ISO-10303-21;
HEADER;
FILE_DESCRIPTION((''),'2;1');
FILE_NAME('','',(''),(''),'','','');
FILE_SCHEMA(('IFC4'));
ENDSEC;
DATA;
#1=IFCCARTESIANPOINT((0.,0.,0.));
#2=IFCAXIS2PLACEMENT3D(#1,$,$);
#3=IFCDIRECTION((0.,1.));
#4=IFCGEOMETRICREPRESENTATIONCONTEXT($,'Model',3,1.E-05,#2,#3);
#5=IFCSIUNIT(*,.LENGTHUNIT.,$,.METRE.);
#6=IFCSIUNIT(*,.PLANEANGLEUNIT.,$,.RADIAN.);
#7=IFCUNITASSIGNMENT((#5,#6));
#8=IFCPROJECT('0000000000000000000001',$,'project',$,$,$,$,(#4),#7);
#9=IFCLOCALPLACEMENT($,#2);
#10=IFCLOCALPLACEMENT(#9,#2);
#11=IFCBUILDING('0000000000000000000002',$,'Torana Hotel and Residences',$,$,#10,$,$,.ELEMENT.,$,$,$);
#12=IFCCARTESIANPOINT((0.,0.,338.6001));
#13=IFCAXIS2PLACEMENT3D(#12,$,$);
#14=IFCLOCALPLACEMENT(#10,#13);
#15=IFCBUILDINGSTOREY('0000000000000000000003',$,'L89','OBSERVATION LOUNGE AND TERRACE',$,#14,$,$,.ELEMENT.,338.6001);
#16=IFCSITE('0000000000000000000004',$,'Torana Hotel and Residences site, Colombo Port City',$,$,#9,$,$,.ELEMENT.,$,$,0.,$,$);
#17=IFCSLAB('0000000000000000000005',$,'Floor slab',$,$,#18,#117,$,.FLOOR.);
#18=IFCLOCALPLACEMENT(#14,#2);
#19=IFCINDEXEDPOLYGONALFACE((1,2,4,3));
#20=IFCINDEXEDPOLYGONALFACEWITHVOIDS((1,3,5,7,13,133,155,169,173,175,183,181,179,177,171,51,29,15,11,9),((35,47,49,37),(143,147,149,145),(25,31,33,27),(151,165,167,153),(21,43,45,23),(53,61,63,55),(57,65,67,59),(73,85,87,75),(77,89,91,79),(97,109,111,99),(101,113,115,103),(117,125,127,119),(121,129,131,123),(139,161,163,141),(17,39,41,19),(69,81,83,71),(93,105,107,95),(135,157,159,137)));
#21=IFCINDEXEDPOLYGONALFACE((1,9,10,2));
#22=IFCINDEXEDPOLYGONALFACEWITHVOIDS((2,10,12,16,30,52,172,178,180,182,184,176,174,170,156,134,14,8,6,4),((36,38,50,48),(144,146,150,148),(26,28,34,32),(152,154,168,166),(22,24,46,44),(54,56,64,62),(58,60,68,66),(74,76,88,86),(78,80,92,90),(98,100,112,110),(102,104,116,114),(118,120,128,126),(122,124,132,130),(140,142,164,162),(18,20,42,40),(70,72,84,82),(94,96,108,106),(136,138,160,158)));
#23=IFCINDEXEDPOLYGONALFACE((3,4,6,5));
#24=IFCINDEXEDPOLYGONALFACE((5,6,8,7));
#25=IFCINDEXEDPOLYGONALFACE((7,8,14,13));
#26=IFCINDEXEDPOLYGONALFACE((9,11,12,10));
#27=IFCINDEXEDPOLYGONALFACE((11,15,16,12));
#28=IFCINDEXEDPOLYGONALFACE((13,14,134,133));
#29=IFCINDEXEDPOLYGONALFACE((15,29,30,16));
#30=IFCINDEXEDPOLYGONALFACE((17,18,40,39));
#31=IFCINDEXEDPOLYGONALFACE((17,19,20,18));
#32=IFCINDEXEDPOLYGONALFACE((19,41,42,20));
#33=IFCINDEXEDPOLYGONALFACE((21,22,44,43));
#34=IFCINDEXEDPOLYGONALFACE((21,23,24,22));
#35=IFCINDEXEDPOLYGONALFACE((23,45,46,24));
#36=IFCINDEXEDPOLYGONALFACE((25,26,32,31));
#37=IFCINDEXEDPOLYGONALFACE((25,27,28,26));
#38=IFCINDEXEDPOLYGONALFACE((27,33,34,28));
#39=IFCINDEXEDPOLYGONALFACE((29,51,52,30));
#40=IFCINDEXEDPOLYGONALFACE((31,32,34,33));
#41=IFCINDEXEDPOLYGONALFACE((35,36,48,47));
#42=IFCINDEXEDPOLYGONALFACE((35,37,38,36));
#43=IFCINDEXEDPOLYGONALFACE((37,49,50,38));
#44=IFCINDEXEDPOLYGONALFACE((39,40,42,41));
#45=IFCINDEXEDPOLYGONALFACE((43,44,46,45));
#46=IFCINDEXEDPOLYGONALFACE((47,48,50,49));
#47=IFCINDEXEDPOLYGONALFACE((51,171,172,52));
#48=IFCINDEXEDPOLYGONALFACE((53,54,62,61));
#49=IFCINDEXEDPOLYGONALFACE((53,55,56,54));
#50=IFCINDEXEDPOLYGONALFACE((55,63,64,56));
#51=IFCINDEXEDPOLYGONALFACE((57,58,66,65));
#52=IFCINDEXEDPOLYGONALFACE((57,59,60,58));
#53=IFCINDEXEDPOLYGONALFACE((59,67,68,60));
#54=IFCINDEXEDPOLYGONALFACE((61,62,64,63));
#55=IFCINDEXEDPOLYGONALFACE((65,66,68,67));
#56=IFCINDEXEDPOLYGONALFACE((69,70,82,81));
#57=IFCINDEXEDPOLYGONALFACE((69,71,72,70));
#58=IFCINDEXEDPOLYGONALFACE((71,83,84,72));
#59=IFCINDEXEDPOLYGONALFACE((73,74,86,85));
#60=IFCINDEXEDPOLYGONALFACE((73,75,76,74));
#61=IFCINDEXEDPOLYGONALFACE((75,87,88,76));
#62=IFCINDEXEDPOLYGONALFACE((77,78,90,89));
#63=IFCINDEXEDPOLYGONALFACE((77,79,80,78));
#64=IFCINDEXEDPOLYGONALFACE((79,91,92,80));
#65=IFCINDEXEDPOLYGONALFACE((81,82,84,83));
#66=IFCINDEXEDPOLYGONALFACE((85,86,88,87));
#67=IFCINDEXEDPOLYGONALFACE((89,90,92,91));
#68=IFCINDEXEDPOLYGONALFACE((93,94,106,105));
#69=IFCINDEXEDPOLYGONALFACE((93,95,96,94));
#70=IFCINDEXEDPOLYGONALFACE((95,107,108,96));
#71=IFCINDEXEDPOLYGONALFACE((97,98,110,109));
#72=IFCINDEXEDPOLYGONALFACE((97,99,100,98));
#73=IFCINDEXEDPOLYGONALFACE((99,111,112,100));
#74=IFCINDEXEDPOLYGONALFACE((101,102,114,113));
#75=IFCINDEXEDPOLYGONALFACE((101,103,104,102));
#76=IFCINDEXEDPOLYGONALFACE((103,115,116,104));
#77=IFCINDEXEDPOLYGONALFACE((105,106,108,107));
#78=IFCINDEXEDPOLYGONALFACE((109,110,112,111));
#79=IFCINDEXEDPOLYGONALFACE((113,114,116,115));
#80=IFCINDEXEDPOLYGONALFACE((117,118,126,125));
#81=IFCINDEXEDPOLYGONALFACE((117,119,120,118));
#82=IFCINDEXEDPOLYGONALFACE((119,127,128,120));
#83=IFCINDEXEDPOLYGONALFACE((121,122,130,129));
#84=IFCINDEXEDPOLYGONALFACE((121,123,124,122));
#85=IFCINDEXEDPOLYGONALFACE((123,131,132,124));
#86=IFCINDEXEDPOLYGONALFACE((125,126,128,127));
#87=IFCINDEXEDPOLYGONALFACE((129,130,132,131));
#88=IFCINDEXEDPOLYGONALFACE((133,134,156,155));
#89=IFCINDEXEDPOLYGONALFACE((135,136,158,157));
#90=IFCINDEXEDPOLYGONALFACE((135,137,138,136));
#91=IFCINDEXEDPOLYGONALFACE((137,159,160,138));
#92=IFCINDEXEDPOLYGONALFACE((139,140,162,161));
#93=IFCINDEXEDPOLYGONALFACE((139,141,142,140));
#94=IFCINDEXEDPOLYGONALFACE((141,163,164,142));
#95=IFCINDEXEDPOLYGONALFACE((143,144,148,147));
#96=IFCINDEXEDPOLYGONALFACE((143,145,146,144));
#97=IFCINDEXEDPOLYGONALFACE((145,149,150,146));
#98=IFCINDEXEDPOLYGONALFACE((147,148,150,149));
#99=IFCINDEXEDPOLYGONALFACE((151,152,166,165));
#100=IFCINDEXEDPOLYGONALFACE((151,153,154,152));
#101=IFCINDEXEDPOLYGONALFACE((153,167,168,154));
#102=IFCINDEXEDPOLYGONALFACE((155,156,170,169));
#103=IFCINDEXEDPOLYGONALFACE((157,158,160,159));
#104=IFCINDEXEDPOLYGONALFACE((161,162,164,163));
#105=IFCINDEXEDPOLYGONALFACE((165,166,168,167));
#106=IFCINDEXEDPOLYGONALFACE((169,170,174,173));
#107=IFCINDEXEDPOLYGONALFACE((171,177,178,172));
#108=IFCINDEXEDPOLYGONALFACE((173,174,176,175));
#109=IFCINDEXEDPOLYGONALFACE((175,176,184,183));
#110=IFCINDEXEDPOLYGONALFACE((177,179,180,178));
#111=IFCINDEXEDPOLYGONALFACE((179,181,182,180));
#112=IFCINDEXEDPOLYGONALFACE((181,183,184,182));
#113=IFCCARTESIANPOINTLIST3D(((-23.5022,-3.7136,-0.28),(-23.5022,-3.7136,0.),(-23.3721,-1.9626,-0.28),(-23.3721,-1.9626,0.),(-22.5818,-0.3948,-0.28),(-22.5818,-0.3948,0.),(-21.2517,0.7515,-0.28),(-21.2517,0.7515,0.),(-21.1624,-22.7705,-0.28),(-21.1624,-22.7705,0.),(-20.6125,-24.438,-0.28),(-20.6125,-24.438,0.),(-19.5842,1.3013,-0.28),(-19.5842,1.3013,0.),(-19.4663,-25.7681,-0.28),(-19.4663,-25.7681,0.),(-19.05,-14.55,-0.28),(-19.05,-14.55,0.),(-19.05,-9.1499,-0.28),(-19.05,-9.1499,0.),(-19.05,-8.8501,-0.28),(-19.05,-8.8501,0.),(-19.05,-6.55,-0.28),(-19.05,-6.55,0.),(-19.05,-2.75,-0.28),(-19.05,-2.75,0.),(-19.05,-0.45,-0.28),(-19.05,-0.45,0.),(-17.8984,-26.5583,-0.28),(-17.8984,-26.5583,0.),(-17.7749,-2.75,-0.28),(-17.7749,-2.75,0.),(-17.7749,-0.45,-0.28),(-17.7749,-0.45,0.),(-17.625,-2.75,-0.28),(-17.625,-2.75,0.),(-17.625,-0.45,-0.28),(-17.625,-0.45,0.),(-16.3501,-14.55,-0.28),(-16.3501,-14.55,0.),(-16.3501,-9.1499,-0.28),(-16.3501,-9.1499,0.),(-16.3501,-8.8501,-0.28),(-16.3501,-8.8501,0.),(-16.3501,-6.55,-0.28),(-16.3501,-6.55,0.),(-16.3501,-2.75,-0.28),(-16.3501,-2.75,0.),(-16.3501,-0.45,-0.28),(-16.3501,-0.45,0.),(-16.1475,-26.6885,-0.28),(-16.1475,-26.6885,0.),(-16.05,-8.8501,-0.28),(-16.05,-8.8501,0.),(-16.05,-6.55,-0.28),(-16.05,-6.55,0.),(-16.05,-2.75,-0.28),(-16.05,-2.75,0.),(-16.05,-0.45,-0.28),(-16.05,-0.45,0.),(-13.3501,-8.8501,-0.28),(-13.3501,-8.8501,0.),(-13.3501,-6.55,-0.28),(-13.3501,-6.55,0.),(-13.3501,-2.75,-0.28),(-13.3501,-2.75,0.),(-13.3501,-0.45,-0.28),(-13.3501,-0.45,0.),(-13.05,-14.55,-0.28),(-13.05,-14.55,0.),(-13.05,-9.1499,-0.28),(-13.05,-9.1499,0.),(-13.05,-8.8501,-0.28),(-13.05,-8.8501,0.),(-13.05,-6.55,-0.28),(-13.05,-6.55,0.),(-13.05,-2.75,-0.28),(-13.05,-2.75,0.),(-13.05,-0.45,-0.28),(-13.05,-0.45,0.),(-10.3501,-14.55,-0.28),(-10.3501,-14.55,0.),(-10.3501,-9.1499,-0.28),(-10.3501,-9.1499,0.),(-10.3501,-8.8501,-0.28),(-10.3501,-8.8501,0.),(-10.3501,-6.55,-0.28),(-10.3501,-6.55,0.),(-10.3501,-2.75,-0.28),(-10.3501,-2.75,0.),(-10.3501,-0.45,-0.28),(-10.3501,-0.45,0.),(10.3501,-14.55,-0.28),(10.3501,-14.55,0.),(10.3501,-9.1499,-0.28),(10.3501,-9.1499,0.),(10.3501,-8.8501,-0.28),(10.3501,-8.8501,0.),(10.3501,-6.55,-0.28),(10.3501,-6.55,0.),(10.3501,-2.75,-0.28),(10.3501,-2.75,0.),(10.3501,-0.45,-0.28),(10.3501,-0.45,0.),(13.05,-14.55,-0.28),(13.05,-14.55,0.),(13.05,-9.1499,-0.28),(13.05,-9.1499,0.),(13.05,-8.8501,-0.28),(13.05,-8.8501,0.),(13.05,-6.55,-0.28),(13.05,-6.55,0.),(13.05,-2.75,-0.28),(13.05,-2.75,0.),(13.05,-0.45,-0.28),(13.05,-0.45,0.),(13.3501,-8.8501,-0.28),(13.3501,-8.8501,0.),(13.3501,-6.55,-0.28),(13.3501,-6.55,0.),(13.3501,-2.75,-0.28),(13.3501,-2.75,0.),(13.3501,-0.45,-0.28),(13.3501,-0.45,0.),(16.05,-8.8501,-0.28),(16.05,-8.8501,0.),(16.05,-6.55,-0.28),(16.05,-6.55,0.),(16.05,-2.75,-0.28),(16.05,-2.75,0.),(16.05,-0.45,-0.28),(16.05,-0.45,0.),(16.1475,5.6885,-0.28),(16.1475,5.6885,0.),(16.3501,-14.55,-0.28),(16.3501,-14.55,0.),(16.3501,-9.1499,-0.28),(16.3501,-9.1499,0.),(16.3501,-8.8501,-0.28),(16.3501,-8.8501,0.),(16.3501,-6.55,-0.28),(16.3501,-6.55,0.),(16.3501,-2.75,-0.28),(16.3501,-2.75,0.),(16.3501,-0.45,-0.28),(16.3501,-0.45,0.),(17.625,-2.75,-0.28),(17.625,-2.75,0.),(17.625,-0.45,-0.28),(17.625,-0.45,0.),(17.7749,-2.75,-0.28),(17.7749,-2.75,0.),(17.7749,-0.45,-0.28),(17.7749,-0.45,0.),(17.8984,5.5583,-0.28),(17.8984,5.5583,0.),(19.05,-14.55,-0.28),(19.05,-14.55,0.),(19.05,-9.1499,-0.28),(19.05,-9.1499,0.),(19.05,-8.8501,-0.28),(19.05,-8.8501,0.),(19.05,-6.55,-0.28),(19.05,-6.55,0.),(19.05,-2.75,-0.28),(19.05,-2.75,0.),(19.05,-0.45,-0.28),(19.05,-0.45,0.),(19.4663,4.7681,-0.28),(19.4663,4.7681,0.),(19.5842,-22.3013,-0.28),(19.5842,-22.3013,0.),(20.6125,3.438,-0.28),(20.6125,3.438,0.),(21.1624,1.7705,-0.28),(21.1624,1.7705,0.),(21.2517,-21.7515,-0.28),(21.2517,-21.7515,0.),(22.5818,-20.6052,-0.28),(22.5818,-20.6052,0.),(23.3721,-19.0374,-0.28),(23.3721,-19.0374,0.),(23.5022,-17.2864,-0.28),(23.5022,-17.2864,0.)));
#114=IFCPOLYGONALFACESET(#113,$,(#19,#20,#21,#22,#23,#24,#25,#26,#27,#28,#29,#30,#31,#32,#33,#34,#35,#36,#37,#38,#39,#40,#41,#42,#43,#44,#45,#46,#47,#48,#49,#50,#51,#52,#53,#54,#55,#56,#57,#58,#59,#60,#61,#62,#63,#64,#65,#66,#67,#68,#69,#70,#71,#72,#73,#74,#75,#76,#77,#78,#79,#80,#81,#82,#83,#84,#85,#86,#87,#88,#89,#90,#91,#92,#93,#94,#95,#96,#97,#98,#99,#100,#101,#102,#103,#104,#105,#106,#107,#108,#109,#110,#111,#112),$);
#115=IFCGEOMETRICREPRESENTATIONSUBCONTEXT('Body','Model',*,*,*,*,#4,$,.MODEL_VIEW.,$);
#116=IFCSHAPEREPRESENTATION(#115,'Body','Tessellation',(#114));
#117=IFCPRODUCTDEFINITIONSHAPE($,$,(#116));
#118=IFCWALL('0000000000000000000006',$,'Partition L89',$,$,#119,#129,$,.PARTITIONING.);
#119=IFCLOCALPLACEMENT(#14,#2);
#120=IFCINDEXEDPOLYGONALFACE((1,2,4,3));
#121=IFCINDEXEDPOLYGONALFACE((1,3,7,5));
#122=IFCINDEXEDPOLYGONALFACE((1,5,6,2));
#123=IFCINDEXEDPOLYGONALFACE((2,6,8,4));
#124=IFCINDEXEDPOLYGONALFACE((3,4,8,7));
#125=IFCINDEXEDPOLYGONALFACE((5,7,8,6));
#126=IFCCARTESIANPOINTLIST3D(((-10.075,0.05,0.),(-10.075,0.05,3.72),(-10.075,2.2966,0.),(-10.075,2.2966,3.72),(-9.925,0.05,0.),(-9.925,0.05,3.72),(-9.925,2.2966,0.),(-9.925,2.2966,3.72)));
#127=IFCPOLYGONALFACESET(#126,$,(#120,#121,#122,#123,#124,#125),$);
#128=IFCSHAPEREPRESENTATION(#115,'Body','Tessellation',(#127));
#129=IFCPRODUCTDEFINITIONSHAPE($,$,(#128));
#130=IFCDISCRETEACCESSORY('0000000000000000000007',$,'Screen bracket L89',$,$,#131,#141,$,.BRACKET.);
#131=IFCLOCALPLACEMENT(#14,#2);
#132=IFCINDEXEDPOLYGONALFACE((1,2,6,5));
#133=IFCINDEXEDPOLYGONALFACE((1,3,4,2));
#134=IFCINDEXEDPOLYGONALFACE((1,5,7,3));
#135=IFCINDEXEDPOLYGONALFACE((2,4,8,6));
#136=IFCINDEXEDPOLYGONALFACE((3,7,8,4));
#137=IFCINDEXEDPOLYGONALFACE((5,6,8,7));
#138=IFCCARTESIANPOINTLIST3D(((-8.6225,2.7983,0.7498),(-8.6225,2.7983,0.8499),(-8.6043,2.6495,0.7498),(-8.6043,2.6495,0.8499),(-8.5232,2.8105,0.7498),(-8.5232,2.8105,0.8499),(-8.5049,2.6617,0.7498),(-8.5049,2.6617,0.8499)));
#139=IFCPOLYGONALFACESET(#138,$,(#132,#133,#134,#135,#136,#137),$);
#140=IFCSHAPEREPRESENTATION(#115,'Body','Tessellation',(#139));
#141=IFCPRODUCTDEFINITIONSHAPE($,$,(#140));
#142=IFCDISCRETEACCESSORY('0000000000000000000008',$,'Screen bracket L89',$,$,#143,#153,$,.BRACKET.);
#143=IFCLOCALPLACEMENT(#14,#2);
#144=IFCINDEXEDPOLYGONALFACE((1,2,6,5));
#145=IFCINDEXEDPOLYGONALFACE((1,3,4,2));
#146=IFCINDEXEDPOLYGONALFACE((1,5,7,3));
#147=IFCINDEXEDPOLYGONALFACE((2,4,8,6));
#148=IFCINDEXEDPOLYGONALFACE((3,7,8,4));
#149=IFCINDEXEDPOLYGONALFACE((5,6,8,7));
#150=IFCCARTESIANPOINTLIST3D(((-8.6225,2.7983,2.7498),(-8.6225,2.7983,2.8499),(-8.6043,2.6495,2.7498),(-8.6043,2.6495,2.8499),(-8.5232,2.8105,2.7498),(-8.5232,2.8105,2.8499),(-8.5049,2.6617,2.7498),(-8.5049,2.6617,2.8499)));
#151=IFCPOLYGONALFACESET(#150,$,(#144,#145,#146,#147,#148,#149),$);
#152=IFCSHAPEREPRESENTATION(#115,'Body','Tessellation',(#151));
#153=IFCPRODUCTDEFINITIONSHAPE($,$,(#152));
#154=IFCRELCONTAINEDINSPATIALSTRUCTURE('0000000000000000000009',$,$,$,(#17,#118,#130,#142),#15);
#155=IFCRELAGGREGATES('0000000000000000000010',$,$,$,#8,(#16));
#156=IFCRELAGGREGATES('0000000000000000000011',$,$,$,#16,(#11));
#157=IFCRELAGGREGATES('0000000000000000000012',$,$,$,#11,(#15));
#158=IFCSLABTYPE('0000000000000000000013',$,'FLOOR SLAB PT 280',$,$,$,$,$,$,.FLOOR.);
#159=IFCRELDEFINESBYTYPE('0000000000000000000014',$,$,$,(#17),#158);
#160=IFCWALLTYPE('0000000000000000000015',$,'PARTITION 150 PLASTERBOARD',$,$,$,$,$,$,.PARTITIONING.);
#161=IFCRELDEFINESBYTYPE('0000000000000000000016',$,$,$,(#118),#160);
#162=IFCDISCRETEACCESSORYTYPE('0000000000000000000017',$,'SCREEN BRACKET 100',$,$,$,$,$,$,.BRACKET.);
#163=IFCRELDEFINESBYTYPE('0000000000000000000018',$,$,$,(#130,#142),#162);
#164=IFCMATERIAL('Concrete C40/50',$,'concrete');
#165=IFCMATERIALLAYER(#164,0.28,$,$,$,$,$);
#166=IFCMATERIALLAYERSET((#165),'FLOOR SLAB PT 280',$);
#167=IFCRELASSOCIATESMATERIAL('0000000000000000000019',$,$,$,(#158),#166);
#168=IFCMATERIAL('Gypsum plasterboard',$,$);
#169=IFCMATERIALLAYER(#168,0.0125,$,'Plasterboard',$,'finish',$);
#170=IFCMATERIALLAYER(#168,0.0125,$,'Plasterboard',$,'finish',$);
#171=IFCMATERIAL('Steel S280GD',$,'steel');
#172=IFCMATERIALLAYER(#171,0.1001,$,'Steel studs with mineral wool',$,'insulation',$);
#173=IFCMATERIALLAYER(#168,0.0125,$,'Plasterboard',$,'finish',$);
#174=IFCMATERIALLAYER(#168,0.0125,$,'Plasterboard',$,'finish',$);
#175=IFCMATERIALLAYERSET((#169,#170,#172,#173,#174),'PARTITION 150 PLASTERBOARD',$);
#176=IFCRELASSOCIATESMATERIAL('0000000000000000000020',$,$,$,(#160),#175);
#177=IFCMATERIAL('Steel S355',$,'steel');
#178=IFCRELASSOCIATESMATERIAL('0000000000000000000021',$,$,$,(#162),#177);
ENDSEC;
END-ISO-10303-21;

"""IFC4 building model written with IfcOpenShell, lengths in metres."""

from ifc_helpers import new_model, si_unit, direction, frame, frame_2d, origin, origin_2d, place, context, subcontext, project, spatial, polyline, rectangle, outline, extrude, material, layer, layer_set, type_object, element, save


model = new_model("IFC4")

# Units and contexts
model_context = context("Model", 3, precision=1e-05, world=origin(), true_north=direction((0.0, 1.0)))
body_context = subcontext(model_context, "Body", "Model", "MODEL_VIEW")
ifc_project = project(units=[si_unit("LENGTHUNIT", "METRE"), si_unit("PLANEANGLEUNIT", "RADIAN")], contexts=[model_context])

# Site, building, storey
site_placement = place(None, origin())
site = spatial("IfcSite", under=ifc_project, at=site_placement, Name="Torana Hotel and Residences site, Colombo Port City", CompositionType="ELEMENT", RefElevation=0.0)
building_placement = place(site_placement, origin())
building = spatial("IfcBuilding", under=site, at=building_placement, Name="Torana Hotel and Residences", CompositionType="ELEMENT")
storey_placement = place(building_placement, frame((0.0, 0.0, 338.6001)))
storey = spatial("IfcBuildingStorey", under=building, at=storey_placement, Name="L89", Description="OBSERVATION LOUNGE AND TERRACE", CompositionType="ELEMENT", Elevation=338.6001)

# Slab
ifc_material_1 = material(Name="Concrete C40/50", Category="concrete")
ifc_layer_1 = layer(ifc_material_1, 0.28)
ifc_layer_set_1 = layer_set([ifc_layer_1], Name="FLOOR SLAB PT 280")
slab_type_1 = type_object("IfcSlabType", Name="FLOOR SLAB PT 280", PredefinedType="FLOOR", material=ifc_layer_set_1)
slab_1_placement = place(storey_placement, frame((0.0, 0.0, -0.28)))
element("IfcSlab", 1, at=slab_1_placement, inside=storey, type_object=slab_type_1, Name="Floor slab", PredefinedType="FLOOR", context=body_context, shape_type="SweptSolid", body=[
    extrude(outline(polyline([(21.1624, 1.7705), (20.6125, 3.438), (19.4663, 4.7681), (17.8984, 5.5583), (16.1475, 5.6885), (-19.5842, 1.3013), (-21.2517, 0.7515), (-22.5818, -0.3948), (-23.3721, -1.9626), (-23.5022, -3.7136), (-21.1624, -22.7705), (-20.6125, -24.438), (-19.4663, -25.7681), (-17.8984, -26.5583), (-16.1475, -26.6885), (19.5842, -22.3013), (21.2517, -21.7515), (22.5818, -20.6052), (23.3721, -19.0374), (23.5022, -17.2864), (21.1624, 1.7705)]), holes=[polyline([(-13.05, -14.55), (-10.3501, -14.55), (-10.3501, -9.1499), (-13.05, -9.1499), (-13.05, -14.55)]), polyline([(-19.05, -14.55), (-16.3501, -14.55), (-16.3501, -9.1499), (-19.05, -9.1499), (-19.05, -14.55)]), polyline([(-17.625, -2.75), (-16.3501, -2.75), (-16.3501, -0.45), (-17.625, -0.45), (-17.625, -2.75)]), polyline([(-19.05, -2.75), (-17.7749, -2.75), (-17.7749, -0.45), (-19.05, -0.45), (-19.05, -2.75)]), polyline([(-13.05, -2.75), (-10.3501, -2.75), (-10.3501, -0.45), (-13.05, -0.45), (-13.05, -2.75)]), polyline([(-16.05, -2.75), (-13.3501, -2.75), (-13.3501, -0.45), (-16.05, -0.45), (-16.05, -2.75)]), polyline([(-13.05, -8.8501), (-10.3501, -8.8501), (-10.3501, -6.55), (-13.05, -6.55), (-13.05, -8.8501)]), polyline([(-16.05, -8.8501), (-13.3501, -8.8501), (-13.3501, -6.55), (-16.05, -6.55), (-16.05, -8.8501)]), polyline([(-19.05, -8.8501), (-16.3501, -8.8501), (-16.3501, -6.55), (-19.05, -6.55), (-19.05, -8.8501)]), polyline([(10.3501, -14.55), (13.05, -14.55), (13.05, -9.1499), (10.3501, -9.1499), (10.3501, -14.55)]), polyline([(16.3501, -14.55), (19.05, -14.55), (19.05, -9.1499), (16.3501, -9.1499), (16.3501, -14.55)]), polyline([(16.3501, -2.75), (17.625, -2.75), (17.625, -0.45), (16.3501, -0.45), (16.3501, -2.75)]), polyline([(17.7749, -2.75), (19.05, -2.75), (19.05, -0.45), (17.7749, -0.45), (17.7749, -2.75)]), polyline([(10.3501, -2.75), (13.05, -2.75), (13.05, -0.45), (10.3501, -0.45), (10.3501, -2.75)]), polyline([(13.3501, -2.75), (16.05, -2.75), (16.05, -0.45), (13.3501, -0.45), (13.3501, -2.75)]), polyline([(10.3501, -8.8501), (13.05, -8.8501), (13.05, -6.55), (10.3501, -6.55), (10.3501, -8.8501)]), polyline([(13.3501, -8.8501), (16.05, -8.8501), (16.05, -6.55), (13.3501, -6.55), (13.3501, -8.8501)]), polyline([(16.3501, -8.8501), (19.05, -8.8501), (19.05, -6.55), (16.3501, -6.55), (16.3501, -8.8501)])]), origin(), (0.0, 0.0, 1.0), 0.28),
])

# Wall
ifc_material_2 = material(Name="Gypsum plasterboard")
ifc_layer_2 = layer(ifc_material_2, 0.0125, Name="Plasterboard", Category="finish")
ifc_layer_3 = layer(ifc_material_2, 0.0125, Name="Plasterboard", Category="finish")
ifc_material_3 = material(Name="Steel S280GD", Category="steel")
ifc_layer_4 = layer(ifc_material_3, 0.1001, Name="Steel studs with mineral wool", Category="insulation")
ifc_layer_5 = layer(ifc_material_2, 0.0125, Name="Plasterboard", Category="finish")
ifc_layer_6 = layer(ifc_material_2, 0.0125, Name="Plasterboard", Category="finish")
ifc_layer_set_2 = layer_set([ifc_layer_2, ifc_layer_3, ifc_layer_4, ifc_layer_5, ifc_layer_6], Name="PARTITION 150 PLASTERBOARD")
wall_type = type_object("IfcWallType", Name="PARTITION 150 PLASTERBOARD", PredefinedType="PARTITIONING", material=ifc_layer_set_2)
wall_placement = place(storey_placement, frame((-10.0, 0.05, 0.0), z_axis=(0.0, 0.0, 1.0), x_axis=(0.0, 1.0, 0.0)))
element("IfcWall", 2, at=wall_placement, inside=storey, type_object=wall_type, Name="Partition L89", PredefinedType="PARTITIONING", context=body_context, shape_type="SweptSolid", body=[
    extrude(rectangle(XDim=2.2466, YDim=0.1499, at=frame_2d((1.1233, 0.0))), origin(), (0.0, 0.0, 1.0), 3.72),
])

# Discrete accessories
ifc_material_4 = material(Name="Steel S355", Category="steel")
discrete_accessory_type = type_object("IfcDiscreteAccessoryType", Name="SCREEN BRACKET 100", PredefinedType="BRACKET", material=ifc_material_4)
for number, where, z_axis, x_axis, name in (
    (3, (-8.5637, 2.73, 0.7498), (0.0, 0.0, 1.0), (-0.992547, -0.121866, 0.0), "Screen bracket L89"),
    (4, (-8.5637, 2.73, 2.7498), (0.0, 0.0, 1.0), (-0.992547, -0.121866, 0.0), "Screen bracket L89"),
):
    element("IfcDiscreteAccessory", number, at=place(storey_placement, frame(where, z_axis=z_axis, x_axis=x_axis)), inside=storey, type_object=discrete_accessory_type, Name=name, PredefinedType="BRACKET", context=body_context, shape_type="SweptSolid", body=[
        extrude(rectangle(XDim=0.1001, YDim=0.1499, at=origin_2d()), origin(), (0.0, 0.0, 1.0), 0.1001),
    ])

save(model, "model.ifc")
